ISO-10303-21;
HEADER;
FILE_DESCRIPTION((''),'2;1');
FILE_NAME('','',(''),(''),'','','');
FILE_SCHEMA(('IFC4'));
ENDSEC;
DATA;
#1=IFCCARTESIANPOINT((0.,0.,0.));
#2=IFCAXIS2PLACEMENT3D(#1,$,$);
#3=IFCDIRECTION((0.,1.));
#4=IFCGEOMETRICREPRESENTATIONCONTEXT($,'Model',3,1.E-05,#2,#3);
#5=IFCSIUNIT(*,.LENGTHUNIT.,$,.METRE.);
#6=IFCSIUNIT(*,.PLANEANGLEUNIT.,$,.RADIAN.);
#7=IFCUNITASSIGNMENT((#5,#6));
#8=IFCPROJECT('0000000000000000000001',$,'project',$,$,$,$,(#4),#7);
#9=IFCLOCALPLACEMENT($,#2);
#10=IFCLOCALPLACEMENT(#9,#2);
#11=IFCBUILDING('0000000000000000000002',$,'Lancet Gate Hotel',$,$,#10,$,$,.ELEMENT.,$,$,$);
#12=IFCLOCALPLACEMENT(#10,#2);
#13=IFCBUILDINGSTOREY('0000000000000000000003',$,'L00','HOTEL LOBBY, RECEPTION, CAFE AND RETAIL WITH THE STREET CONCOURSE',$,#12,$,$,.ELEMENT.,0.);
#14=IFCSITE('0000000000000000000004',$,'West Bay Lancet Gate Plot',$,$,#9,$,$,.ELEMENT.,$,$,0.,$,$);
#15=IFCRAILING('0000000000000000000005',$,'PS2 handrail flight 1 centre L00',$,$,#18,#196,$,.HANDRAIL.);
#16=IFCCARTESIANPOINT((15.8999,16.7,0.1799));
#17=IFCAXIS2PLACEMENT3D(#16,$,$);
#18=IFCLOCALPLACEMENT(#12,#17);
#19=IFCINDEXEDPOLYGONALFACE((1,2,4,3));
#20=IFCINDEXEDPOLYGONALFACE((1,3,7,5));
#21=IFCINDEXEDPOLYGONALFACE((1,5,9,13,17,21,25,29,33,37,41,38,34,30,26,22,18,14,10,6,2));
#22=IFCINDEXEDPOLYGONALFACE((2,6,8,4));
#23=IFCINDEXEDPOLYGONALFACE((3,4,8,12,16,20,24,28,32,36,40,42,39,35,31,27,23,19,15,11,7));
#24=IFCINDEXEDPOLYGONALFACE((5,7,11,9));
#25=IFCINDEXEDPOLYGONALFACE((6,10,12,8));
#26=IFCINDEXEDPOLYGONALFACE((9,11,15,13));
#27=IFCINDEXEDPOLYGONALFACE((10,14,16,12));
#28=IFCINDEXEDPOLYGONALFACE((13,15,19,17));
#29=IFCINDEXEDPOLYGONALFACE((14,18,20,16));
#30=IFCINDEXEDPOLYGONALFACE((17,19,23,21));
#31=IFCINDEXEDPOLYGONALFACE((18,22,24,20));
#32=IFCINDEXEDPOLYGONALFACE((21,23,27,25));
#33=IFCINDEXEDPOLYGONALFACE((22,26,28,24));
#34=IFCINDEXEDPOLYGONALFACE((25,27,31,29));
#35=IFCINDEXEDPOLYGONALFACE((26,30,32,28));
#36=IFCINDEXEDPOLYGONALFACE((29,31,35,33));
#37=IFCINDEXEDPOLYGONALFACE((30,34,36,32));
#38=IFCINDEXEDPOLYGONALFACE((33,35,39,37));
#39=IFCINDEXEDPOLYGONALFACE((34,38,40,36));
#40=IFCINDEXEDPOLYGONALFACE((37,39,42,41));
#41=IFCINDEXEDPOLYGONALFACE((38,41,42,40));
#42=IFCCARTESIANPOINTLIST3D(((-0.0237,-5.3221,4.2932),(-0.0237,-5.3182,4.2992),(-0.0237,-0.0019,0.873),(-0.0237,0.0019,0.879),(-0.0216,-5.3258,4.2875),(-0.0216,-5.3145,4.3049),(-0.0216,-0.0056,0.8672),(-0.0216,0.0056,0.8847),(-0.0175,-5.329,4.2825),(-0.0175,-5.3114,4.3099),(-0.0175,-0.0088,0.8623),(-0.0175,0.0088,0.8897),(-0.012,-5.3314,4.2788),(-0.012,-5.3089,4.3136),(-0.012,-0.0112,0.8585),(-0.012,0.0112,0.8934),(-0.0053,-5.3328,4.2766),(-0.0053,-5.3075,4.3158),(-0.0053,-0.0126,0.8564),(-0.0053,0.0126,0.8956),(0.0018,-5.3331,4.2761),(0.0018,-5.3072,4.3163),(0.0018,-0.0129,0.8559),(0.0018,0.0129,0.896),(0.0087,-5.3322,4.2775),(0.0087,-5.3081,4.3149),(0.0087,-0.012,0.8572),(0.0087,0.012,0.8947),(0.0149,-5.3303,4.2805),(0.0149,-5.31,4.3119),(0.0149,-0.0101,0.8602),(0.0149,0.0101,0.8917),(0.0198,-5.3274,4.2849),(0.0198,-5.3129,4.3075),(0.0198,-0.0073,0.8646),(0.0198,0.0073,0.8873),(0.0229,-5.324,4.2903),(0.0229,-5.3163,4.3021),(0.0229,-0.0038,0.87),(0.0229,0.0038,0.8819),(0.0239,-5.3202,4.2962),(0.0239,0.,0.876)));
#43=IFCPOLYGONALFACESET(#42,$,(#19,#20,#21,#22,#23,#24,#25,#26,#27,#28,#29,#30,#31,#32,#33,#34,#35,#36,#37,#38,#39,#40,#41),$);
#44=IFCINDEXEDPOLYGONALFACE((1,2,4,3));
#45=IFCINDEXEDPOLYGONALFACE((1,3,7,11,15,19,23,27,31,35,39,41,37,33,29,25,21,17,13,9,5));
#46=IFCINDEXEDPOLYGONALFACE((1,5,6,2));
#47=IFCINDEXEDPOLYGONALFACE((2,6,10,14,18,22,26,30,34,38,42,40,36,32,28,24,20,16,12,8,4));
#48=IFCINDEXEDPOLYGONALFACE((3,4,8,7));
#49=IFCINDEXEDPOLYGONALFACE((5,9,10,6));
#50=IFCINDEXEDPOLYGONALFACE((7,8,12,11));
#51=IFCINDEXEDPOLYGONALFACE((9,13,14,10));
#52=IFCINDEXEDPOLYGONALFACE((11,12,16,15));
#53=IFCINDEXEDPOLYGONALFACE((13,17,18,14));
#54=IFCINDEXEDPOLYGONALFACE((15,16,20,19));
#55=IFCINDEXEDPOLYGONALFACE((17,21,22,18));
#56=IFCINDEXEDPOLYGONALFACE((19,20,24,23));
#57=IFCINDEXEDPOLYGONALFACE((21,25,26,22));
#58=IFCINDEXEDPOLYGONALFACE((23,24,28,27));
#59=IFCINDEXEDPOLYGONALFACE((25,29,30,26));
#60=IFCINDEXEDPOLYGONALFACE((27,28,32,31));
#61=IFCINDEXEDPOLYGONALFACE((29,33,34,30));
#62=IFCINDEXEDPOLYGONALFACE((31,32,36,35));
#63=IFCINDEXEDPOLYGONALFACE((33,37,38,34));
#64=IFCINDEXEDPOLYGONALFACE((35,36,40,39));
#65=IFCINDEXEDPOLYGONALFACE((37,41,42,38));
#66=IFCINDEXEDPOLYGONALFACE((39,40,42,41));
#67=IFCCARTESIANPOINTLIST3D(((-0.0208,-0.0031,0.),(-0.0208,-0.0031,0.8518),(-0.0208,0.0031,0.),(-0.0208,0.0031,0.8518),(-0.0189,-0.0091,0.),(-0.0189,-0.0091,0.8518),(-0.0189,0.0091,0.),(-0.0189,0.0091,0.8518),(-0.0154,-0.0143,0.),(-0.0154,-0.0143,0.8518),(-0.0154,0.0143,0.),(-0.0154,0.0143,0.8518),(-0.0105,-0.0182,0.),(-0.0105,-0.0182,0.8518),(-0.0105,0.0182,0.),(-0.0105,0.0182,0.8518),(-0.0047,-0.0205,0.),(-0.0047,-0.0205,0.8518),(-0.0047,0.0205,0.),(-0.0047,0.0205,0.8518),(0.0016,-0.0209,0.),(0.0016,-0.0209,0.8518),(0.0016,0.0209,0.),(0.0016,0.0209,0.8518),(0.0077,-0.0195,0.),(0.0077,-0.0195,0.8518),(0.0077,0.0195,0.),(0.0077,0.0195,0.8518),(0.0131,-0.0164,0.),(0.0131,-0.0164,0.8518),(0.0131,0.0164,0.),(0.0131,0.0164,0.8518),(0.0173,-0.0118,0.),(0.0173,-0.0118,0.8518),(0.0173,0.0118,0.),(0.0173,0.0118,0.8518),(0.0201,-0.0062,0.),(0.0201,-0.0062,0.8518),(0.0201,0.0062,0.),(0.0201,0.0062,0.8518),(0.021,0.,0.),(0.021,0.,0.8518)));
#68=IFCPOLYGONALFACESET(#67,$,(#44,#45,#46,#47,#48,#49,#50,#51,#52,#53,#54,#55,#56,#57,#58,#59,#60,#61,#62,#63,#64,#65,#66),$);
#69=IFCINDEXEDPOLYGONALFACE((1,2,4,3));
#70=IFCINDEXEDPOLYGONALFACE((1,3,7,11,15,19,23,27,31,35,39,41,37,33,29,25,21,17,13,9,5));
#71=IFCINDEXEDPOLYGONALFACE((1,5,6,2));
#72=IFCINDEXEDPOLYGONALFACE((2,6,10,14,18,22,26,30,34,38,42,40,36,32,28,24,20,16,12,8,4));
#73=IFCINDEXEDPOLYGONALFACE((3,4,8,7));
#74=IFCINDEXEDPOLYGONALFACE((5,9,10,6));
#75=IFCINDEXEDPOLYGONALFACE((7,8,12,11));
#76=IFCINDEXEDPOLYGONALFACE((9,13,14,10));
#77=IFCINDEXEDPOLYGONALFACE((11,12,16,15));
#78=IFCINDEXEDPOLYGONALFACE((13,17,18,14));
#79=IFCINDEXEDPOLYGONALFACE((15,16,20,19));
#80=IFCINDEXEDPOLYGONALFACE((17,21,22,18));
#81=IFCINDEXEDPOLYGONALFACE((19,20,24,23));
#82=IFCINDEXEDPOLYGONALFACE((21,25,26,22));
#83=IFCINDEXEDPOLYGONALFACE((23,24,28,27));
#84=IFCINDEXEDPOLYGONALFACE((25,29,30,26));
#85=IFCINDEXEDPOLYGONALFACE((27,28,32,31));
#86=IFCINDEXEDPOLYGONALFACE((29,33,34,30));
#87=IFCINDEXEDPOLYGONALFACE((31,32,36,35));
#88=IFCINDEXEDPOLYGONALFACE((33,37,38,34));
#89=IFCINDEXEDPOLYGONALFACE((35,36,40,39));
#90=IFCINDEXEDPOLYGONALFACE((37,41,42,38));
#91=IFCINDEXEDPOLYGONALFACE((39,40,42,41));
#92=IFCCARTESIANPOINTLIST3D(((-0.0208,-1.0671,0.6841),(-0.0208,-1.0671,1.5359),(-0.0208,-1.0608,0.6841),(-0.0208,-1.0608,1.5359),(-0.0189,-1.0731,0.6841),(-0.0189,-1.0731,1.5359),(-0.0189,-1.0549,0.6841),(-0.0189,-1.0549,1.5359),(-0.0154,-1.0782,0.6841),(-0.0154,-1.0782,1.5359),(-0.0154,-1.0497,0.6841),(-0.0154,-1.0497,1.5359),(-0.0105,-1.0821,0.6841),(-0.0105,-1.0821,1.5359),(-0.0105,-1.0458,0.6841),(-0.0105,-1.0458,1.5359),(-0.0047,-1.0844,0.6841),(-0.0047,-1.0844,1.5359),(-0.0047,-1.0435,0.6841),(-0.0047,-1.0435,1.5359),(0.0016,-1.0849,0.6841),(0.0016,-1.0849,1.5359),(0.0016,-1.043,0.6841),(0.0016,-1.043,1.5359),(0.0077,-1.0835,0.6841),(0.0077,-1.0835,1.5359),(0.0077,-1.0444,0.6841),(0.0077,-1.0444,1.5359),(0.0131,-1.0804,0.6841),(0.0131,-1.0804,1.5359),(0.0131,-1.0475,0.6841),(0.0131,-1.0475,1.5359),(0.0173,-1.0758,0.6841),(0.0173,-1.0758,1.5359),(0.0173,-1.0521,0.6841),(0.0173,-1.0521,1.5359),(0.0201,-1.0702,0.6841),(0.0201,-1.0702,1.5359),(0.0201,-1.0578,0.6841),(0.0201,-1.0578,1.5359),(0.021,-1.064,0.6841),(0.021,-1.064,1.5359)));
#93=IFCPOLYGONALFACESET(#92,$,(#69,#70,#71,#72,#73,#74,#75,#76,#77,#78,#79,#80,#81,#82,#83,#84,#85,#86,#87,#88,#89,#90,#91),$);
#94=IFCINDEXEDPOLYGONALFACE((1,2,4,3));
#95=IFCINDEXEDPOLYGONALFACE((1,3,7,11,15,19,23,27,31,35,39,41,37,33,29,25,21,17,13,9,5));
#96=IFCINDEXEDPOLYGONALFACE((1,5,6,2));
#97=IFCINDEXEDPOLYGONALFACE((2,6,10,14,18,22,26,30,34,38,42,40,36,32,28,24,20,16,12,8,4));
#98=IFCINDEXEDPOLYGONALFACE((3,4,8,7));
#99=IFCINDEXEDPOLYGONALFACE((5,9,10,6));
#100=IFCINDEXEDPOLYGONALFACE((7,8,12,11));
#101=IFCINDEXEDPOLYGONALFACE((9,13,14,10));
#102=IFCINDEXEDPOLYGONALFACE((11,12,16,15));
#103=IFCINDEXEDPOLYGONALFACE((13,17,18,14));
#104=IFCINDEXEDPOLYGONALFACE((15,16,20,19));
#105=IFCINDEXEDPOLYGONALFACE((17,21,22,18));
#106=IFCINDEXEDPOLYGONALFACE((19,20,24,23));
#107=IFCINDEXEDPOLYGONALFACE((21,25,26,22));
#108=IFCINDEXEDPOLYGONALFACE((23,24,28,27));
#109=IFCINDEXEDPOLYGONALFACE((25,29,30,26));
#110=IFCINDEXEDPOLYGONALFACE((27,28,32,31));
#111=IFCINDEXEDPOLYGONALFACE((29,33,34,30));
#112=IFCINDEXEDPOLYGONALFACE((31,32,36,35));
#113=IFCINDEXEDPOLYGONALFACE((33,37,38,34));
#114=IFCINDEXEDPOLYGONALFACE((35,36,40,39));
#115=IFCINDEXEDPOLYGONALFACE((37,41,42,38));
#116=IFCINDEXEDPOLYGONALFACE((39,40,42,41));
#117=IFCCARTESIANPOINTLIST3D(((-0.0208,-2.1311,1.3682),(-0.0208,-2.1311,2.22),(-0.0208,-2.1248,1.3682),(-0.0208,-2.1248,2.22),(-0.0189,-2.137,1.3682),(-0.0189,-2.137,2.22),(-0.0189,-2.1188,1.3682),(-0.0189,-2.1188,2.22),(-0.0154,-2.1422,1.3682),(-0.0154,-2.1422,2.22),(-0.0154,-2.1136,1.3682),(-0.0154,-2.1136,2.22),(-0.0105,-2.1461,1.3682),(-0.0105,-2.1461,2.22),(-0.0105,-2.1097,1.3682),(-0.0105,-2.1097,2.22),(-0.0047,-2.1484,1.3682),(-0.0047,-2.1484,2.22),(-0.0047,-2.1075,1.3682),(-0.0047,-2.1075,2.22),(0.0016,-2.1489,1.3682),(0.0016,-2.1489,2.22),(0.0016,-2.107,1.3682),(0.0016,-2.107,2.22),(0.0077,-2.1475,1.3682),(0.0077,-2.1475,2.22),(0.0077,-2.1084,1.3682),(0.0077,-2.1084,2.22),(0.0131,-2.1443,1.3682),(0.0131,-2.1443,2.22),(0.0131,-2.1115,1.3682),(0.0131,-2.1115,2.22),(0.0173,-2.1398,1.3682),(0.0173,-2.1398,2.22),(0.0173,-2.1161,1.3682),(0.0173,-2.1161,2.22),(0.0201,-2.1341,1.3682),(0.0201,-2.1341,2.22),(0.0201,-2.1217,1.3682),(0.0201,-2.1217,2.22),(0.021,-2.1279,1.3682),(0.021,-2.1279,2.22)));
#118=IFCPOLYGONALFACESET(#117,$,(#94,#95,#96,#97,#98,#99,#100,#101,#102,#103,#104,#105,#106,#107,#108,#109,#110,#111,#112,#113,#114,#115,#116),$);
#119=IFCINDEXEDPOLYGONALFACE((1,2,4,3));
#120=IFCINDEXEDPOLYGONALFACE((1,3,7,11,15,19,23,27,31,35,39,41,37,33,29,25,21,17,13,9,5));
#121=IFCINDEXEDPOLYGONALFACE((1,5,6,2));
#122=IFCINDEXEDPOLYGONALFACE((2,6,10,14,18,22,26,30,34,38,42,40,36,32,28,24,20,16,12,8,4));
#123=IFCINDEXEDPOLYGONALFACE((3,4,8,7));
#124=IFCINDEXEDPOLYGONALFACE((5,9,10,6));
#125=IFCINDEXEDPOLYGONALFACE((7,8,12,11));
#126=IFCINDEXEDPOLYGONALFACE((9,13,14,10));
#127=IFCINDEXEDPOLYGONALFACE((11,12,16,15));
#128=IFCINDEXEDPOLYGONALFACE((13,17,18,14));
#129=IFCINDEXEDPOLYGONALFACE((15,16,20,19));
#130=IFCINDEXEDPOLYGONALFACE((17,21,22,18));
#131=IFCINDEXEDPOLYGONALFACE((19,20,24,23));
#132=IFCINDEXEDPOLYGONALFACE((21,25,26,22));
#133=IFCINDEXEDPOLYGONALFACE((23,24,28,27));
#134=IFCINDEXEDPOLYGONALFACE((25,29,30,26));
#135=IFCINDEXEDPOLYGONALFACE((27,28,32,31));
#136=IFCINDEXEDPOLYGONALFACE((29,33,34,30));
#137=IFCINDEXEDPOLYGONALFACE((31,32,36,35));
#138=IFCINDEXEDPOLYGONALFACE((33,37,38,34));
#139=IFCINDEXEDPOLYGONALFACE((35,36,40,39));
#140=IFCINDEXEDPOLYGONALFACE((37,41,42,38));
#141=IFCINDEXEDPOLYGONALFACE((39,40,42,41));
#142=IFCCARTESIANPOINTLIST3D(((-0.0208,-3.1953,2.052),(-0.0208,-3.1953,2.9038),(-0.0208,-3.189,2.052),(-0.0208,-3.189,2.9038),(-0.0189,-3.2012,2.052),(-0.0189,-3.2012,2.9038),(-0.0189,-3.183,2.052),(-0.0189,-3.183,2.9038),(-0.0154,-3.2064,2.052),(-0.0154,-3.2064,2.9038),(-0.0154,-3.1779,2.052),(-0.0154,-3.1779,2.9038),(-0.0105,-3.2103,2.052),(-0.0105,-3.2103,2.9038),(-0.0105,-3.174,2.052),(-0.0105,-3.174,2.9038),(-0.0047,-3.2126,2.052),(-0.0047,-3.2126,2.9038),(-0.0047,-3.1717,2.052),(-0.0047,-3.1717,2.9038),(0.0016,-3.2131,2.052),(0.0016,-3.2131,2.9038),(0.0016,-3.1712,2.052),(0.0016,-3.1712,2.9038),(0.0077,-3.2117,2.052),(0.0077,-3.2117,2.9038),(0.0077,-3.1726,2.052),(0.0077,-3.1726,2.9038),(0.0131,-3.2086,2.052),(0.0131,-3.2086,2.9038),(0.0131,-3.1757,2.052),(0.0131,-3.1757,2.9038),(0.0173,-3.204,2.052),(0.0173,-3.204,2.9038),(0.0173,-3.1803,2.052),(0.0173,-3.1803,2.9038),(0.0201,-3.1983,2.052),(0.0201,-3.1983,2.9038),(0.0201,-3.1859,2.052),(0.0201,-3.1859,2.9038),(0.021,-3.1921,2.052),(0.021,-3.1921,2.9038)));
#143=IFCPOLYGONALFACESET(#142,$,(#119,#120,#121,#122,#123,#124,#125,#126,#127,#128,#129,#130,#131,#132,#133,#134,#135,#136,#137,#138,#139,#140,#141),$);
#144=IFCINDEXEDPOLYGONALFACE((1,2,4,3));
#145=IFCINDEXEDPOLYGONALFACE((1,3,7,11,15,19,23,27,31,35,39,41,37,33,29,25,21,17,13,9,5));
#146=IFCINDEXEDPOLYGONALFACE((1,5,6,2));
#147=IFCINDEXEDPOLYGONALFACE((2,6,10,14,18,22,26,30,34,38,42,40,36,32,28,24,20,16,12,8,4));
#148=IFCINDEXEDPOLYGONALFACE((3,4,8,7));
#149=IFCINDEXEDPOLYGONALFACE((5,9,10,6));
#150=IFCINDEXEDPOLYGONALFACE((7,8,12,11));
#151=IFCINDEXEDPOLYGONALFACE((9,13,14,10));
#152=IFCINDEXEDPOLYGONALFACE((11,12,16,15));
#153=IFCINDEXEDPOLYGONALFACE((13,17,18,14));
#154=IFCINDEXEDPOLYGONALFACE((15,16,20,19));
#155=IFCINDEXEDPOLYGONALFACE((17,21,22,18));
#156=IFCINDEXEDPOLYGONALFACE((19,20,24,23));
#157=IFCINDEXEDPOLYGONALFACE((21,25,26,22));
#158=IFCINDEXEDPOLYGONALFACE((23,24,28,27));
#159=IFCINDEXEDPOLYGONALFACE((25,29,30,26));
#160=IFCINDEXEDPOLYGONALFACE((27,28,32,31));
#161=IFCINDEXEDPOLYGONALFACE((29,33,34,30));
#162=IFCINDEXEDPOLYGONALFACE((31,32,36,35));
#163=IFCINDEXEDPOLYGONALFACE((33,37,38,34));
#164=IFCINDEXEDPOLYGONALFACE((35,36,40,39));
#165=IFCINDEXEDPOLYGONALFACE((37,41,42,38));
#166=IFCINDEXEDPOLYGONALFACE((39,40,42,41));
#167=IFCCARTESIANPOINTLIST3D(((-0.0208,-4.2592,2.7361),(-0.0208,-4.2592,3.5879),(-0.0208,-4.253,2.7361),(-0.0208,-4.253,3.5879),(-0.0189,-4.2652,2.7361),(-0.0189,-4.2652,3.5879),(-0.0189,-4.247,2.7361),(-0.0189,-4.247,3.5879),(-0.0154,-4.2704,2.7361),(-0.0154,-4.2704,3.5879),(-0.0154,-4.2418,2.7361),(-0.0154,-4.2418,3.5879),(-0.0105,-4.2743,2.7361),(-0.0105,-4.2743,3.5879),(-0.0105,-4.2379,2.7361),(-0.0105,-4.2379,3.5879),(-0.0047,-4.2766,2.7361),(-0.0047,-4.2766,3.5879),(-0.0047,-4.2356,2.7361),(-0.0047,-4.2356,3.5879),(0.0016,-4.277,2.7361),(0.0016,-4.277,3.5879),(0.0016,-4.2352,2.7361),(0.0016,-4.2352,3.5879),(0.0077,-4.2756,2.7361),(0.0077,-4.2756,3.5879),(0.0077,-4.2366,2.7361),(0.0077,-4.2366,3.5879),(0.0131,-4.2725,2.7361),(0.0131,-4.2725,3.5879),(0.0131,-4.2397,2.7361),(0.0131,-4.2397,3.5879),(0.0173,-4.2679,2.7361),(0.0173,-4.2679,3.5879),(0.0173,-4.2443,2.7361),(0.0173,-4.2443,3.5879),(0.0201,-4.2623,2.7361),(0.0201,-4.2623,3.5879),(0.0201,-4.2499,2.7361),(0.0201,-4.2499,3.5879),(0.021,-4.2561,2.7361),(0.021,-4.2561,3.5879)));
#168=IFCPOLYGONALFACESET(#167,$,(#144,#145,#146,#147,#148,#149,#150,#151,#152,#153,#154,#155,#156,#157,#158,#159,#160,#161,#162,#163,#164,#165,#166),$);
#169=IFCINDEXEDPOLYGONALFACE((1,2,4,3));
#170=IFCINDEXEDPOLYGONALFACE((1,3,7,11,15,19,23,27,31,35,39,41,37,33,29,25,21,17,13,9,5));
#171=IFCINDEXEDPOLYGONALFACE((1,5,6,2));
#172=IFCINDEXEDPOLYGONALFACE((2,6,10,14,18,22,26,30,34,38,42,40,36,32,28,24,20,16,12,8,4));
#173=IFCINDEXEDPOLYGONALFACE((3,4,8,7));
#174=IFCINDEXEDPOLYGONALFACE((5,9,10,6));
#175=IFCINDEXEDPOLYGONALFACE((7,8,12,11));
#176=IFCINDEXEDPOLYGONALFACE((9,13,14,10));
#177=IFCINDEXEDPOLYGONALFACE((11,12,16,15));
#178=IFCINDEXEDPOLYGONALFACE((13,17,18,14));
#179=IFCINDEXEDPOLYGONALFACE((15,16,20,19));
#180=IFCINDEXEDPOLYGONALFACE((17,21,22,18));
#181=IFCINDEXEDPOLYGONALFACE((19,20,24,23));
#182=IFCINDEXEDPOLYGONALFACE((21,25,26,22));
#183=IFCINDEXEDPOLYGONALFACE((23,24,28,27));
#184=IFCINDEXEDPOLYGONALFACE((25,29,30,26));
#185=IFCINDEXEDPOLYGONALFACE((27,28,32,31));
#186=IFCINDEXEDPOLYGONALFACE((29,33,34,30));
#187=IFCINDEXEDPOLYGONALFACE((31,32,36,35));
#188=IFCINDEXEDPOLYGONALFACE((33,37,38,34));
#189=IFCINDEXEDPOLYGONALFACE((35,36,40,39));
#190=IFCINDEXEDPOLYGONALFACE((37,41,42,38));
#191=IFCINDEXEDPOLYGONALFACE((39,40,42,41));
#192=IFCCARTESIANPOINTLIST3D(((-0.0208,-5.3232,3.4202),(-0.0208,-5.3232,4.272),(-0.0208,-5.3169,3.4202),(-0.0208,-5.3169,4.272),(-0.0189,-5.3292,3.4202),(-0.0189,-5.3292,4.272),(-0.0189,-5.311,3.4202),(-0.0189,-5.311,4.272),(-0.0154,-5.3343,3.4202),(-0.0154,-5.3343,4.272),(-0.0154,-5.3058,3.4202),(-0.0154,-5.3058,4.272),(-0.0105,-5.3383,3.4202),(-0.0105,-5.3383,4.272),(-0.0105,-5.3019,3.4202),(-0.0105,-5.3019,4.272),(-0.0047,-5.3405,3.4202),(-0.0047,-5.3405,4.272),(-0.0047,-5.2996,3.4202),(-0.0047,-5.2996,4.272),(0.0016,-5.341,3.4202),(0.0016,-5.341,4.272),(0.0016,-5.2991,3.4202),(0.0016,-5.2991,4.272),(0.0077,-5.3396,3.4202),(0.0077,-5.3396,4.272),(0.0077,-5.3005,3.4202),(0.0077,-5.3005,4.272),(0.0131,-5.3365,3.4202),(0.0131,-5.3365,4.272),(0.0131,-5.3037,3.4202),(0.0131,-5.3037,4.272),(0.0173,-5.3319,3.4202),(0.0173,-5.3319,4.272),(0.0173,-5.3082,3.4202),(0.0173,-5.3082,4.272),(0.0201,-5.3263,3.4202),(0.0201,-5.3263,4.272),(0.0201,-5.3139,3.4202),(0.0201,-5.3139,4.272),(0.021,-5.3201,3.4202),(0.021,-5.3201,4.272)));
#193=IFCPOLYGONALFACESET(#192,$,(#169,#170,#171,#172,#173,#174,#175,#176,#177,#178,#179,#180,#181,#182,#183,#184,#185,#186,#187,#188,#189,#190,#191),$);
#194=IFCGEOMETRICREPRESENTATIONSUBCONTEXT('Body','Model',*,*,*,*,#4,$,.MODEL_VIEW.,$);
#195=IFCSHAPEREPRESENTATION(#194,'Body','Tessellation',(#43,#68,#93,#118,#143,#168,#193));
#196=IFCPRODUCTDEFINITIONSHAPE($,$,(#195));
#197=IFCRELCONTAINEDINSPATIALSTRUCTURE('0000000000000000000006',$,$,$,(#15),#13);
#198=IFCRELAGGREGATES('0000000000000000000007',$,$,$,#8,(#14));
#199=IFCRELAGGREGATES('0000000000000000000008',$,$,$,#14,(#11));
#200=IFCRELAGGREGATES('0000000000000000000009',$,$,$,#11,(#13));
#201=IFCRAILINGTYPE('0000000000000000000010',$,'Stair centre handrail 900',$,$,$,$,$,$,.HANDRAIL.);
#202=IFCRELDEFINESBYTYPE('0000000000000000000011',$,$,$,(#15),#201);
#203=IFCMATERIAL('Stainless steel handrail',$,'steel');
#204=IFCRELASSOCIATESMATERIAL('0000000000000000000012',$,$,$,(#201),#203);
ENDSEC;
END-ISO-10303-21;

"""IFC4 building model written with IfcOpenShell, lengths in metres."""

from ifc_helpers import new_model, si_unit, direction, frame, origin, origin_2d, place, context, subcontext, project, spatial, circle, extrude, material, type_object, element, save


model = new_model("IFC4")

# Units and contexts
model_context = context("Model", 3, precision=1e-05, world=origin(), true_north=direction((0.0, 1.0)))
body_context = subcontext(model_context, "Body", "Model", "MODEL_VIEW")
ifc_project = project(units=[si_unit("LENGTHUNIT", "METRE"), si_unit("PLANEANGLEUNIT", "RADIAN")], contexts=[model_context])

# Site, building, storey
site_placement = place(None, origin())
site = spatial("IfcSite", under=ifc_project, at=site_placement, Name="West Bay Lancet Gate Plot", CompositionType="ELEMENT", RefElevation=0.0)
building_placement = place(site_placement, origin())
building = spatial("IfcBuilding", under=site, at=building_placement, Name="Lancet Gate Hotel", CompositionType="ELEMENT")
storey_placement = place(building_placement, origin())
storey = spatial("IfcBuildingStorey", under=building, at=storey_placement, Name="L00", Description="HOTEL LOBBY, RECEPTION, CAFE AND RETAIL WITH THE STREET CONCOURSE", CompositionType="ELEMENT", Elevation=0.0)

# Railing
ifc_material_1 = material(Name="Stainless steel handrail", Category="steel")
railing_type_1 = type_object("IfcRailingType", Name="Stair centre handrail 900", PredefinedType="HANDRAIL", material=ifc_material_1)
railing_placement = place(storey_placement, frame((15.8999, 16.7, 0.1799)))
element("IfcRailing", 1, at=railing_placement, inside=storey, type_object=railing_type_1, Name="PS2 handrail flight 1 centre L00", PredefinedType="HANDRAIL", context=body_context, shape_type="SweptSolid", body=[
    extrude(circle(Radius=0.0239, at=origin_2d()), frame((0.0, 0.0, 0.876), z_axis=(0.0, -0.84117, 0.540771), x_axis=(1.0, 0.0, 0.0)), (0.0, 0.0, 1.0), 6.3247),
    extrude(circle(Radius=0.021, at=origin_2d()), origin(), (0.0, 0.0, 1.0), 0.8518),
    extrude(circle(Radius=0.021, at=origin_2d()), frame((0.0, -1.064, 0.6841)), (0.0, 0.0, 1.0), 0.8518),
    extrude(circle(Radius=0.021, at=origin_2d()), frame((0.0, -2.1279, 1.3682)), (0.0, 0.0, 1.0), 0.8518),
    extrude(circle(Radius=0.021, at=origin_2d()), frame((0.0, -3.1921, 2.052)), (0.0, 0.0, 1.0), 0.8518),
    extrude(circle(Radius=0.021, at=origin_2d()), frame((0.0, -4.2561, 2.7361)), (0.0, 0.0, 1.0), 0.8518),
    extrude(circle(Radius=0.021, at=origin_2d()), frame((0.0, -5.3201, 3.4202)), (0.0, 0.0, 1.0), 0.8518),
])

save(model, "model.ifc")
